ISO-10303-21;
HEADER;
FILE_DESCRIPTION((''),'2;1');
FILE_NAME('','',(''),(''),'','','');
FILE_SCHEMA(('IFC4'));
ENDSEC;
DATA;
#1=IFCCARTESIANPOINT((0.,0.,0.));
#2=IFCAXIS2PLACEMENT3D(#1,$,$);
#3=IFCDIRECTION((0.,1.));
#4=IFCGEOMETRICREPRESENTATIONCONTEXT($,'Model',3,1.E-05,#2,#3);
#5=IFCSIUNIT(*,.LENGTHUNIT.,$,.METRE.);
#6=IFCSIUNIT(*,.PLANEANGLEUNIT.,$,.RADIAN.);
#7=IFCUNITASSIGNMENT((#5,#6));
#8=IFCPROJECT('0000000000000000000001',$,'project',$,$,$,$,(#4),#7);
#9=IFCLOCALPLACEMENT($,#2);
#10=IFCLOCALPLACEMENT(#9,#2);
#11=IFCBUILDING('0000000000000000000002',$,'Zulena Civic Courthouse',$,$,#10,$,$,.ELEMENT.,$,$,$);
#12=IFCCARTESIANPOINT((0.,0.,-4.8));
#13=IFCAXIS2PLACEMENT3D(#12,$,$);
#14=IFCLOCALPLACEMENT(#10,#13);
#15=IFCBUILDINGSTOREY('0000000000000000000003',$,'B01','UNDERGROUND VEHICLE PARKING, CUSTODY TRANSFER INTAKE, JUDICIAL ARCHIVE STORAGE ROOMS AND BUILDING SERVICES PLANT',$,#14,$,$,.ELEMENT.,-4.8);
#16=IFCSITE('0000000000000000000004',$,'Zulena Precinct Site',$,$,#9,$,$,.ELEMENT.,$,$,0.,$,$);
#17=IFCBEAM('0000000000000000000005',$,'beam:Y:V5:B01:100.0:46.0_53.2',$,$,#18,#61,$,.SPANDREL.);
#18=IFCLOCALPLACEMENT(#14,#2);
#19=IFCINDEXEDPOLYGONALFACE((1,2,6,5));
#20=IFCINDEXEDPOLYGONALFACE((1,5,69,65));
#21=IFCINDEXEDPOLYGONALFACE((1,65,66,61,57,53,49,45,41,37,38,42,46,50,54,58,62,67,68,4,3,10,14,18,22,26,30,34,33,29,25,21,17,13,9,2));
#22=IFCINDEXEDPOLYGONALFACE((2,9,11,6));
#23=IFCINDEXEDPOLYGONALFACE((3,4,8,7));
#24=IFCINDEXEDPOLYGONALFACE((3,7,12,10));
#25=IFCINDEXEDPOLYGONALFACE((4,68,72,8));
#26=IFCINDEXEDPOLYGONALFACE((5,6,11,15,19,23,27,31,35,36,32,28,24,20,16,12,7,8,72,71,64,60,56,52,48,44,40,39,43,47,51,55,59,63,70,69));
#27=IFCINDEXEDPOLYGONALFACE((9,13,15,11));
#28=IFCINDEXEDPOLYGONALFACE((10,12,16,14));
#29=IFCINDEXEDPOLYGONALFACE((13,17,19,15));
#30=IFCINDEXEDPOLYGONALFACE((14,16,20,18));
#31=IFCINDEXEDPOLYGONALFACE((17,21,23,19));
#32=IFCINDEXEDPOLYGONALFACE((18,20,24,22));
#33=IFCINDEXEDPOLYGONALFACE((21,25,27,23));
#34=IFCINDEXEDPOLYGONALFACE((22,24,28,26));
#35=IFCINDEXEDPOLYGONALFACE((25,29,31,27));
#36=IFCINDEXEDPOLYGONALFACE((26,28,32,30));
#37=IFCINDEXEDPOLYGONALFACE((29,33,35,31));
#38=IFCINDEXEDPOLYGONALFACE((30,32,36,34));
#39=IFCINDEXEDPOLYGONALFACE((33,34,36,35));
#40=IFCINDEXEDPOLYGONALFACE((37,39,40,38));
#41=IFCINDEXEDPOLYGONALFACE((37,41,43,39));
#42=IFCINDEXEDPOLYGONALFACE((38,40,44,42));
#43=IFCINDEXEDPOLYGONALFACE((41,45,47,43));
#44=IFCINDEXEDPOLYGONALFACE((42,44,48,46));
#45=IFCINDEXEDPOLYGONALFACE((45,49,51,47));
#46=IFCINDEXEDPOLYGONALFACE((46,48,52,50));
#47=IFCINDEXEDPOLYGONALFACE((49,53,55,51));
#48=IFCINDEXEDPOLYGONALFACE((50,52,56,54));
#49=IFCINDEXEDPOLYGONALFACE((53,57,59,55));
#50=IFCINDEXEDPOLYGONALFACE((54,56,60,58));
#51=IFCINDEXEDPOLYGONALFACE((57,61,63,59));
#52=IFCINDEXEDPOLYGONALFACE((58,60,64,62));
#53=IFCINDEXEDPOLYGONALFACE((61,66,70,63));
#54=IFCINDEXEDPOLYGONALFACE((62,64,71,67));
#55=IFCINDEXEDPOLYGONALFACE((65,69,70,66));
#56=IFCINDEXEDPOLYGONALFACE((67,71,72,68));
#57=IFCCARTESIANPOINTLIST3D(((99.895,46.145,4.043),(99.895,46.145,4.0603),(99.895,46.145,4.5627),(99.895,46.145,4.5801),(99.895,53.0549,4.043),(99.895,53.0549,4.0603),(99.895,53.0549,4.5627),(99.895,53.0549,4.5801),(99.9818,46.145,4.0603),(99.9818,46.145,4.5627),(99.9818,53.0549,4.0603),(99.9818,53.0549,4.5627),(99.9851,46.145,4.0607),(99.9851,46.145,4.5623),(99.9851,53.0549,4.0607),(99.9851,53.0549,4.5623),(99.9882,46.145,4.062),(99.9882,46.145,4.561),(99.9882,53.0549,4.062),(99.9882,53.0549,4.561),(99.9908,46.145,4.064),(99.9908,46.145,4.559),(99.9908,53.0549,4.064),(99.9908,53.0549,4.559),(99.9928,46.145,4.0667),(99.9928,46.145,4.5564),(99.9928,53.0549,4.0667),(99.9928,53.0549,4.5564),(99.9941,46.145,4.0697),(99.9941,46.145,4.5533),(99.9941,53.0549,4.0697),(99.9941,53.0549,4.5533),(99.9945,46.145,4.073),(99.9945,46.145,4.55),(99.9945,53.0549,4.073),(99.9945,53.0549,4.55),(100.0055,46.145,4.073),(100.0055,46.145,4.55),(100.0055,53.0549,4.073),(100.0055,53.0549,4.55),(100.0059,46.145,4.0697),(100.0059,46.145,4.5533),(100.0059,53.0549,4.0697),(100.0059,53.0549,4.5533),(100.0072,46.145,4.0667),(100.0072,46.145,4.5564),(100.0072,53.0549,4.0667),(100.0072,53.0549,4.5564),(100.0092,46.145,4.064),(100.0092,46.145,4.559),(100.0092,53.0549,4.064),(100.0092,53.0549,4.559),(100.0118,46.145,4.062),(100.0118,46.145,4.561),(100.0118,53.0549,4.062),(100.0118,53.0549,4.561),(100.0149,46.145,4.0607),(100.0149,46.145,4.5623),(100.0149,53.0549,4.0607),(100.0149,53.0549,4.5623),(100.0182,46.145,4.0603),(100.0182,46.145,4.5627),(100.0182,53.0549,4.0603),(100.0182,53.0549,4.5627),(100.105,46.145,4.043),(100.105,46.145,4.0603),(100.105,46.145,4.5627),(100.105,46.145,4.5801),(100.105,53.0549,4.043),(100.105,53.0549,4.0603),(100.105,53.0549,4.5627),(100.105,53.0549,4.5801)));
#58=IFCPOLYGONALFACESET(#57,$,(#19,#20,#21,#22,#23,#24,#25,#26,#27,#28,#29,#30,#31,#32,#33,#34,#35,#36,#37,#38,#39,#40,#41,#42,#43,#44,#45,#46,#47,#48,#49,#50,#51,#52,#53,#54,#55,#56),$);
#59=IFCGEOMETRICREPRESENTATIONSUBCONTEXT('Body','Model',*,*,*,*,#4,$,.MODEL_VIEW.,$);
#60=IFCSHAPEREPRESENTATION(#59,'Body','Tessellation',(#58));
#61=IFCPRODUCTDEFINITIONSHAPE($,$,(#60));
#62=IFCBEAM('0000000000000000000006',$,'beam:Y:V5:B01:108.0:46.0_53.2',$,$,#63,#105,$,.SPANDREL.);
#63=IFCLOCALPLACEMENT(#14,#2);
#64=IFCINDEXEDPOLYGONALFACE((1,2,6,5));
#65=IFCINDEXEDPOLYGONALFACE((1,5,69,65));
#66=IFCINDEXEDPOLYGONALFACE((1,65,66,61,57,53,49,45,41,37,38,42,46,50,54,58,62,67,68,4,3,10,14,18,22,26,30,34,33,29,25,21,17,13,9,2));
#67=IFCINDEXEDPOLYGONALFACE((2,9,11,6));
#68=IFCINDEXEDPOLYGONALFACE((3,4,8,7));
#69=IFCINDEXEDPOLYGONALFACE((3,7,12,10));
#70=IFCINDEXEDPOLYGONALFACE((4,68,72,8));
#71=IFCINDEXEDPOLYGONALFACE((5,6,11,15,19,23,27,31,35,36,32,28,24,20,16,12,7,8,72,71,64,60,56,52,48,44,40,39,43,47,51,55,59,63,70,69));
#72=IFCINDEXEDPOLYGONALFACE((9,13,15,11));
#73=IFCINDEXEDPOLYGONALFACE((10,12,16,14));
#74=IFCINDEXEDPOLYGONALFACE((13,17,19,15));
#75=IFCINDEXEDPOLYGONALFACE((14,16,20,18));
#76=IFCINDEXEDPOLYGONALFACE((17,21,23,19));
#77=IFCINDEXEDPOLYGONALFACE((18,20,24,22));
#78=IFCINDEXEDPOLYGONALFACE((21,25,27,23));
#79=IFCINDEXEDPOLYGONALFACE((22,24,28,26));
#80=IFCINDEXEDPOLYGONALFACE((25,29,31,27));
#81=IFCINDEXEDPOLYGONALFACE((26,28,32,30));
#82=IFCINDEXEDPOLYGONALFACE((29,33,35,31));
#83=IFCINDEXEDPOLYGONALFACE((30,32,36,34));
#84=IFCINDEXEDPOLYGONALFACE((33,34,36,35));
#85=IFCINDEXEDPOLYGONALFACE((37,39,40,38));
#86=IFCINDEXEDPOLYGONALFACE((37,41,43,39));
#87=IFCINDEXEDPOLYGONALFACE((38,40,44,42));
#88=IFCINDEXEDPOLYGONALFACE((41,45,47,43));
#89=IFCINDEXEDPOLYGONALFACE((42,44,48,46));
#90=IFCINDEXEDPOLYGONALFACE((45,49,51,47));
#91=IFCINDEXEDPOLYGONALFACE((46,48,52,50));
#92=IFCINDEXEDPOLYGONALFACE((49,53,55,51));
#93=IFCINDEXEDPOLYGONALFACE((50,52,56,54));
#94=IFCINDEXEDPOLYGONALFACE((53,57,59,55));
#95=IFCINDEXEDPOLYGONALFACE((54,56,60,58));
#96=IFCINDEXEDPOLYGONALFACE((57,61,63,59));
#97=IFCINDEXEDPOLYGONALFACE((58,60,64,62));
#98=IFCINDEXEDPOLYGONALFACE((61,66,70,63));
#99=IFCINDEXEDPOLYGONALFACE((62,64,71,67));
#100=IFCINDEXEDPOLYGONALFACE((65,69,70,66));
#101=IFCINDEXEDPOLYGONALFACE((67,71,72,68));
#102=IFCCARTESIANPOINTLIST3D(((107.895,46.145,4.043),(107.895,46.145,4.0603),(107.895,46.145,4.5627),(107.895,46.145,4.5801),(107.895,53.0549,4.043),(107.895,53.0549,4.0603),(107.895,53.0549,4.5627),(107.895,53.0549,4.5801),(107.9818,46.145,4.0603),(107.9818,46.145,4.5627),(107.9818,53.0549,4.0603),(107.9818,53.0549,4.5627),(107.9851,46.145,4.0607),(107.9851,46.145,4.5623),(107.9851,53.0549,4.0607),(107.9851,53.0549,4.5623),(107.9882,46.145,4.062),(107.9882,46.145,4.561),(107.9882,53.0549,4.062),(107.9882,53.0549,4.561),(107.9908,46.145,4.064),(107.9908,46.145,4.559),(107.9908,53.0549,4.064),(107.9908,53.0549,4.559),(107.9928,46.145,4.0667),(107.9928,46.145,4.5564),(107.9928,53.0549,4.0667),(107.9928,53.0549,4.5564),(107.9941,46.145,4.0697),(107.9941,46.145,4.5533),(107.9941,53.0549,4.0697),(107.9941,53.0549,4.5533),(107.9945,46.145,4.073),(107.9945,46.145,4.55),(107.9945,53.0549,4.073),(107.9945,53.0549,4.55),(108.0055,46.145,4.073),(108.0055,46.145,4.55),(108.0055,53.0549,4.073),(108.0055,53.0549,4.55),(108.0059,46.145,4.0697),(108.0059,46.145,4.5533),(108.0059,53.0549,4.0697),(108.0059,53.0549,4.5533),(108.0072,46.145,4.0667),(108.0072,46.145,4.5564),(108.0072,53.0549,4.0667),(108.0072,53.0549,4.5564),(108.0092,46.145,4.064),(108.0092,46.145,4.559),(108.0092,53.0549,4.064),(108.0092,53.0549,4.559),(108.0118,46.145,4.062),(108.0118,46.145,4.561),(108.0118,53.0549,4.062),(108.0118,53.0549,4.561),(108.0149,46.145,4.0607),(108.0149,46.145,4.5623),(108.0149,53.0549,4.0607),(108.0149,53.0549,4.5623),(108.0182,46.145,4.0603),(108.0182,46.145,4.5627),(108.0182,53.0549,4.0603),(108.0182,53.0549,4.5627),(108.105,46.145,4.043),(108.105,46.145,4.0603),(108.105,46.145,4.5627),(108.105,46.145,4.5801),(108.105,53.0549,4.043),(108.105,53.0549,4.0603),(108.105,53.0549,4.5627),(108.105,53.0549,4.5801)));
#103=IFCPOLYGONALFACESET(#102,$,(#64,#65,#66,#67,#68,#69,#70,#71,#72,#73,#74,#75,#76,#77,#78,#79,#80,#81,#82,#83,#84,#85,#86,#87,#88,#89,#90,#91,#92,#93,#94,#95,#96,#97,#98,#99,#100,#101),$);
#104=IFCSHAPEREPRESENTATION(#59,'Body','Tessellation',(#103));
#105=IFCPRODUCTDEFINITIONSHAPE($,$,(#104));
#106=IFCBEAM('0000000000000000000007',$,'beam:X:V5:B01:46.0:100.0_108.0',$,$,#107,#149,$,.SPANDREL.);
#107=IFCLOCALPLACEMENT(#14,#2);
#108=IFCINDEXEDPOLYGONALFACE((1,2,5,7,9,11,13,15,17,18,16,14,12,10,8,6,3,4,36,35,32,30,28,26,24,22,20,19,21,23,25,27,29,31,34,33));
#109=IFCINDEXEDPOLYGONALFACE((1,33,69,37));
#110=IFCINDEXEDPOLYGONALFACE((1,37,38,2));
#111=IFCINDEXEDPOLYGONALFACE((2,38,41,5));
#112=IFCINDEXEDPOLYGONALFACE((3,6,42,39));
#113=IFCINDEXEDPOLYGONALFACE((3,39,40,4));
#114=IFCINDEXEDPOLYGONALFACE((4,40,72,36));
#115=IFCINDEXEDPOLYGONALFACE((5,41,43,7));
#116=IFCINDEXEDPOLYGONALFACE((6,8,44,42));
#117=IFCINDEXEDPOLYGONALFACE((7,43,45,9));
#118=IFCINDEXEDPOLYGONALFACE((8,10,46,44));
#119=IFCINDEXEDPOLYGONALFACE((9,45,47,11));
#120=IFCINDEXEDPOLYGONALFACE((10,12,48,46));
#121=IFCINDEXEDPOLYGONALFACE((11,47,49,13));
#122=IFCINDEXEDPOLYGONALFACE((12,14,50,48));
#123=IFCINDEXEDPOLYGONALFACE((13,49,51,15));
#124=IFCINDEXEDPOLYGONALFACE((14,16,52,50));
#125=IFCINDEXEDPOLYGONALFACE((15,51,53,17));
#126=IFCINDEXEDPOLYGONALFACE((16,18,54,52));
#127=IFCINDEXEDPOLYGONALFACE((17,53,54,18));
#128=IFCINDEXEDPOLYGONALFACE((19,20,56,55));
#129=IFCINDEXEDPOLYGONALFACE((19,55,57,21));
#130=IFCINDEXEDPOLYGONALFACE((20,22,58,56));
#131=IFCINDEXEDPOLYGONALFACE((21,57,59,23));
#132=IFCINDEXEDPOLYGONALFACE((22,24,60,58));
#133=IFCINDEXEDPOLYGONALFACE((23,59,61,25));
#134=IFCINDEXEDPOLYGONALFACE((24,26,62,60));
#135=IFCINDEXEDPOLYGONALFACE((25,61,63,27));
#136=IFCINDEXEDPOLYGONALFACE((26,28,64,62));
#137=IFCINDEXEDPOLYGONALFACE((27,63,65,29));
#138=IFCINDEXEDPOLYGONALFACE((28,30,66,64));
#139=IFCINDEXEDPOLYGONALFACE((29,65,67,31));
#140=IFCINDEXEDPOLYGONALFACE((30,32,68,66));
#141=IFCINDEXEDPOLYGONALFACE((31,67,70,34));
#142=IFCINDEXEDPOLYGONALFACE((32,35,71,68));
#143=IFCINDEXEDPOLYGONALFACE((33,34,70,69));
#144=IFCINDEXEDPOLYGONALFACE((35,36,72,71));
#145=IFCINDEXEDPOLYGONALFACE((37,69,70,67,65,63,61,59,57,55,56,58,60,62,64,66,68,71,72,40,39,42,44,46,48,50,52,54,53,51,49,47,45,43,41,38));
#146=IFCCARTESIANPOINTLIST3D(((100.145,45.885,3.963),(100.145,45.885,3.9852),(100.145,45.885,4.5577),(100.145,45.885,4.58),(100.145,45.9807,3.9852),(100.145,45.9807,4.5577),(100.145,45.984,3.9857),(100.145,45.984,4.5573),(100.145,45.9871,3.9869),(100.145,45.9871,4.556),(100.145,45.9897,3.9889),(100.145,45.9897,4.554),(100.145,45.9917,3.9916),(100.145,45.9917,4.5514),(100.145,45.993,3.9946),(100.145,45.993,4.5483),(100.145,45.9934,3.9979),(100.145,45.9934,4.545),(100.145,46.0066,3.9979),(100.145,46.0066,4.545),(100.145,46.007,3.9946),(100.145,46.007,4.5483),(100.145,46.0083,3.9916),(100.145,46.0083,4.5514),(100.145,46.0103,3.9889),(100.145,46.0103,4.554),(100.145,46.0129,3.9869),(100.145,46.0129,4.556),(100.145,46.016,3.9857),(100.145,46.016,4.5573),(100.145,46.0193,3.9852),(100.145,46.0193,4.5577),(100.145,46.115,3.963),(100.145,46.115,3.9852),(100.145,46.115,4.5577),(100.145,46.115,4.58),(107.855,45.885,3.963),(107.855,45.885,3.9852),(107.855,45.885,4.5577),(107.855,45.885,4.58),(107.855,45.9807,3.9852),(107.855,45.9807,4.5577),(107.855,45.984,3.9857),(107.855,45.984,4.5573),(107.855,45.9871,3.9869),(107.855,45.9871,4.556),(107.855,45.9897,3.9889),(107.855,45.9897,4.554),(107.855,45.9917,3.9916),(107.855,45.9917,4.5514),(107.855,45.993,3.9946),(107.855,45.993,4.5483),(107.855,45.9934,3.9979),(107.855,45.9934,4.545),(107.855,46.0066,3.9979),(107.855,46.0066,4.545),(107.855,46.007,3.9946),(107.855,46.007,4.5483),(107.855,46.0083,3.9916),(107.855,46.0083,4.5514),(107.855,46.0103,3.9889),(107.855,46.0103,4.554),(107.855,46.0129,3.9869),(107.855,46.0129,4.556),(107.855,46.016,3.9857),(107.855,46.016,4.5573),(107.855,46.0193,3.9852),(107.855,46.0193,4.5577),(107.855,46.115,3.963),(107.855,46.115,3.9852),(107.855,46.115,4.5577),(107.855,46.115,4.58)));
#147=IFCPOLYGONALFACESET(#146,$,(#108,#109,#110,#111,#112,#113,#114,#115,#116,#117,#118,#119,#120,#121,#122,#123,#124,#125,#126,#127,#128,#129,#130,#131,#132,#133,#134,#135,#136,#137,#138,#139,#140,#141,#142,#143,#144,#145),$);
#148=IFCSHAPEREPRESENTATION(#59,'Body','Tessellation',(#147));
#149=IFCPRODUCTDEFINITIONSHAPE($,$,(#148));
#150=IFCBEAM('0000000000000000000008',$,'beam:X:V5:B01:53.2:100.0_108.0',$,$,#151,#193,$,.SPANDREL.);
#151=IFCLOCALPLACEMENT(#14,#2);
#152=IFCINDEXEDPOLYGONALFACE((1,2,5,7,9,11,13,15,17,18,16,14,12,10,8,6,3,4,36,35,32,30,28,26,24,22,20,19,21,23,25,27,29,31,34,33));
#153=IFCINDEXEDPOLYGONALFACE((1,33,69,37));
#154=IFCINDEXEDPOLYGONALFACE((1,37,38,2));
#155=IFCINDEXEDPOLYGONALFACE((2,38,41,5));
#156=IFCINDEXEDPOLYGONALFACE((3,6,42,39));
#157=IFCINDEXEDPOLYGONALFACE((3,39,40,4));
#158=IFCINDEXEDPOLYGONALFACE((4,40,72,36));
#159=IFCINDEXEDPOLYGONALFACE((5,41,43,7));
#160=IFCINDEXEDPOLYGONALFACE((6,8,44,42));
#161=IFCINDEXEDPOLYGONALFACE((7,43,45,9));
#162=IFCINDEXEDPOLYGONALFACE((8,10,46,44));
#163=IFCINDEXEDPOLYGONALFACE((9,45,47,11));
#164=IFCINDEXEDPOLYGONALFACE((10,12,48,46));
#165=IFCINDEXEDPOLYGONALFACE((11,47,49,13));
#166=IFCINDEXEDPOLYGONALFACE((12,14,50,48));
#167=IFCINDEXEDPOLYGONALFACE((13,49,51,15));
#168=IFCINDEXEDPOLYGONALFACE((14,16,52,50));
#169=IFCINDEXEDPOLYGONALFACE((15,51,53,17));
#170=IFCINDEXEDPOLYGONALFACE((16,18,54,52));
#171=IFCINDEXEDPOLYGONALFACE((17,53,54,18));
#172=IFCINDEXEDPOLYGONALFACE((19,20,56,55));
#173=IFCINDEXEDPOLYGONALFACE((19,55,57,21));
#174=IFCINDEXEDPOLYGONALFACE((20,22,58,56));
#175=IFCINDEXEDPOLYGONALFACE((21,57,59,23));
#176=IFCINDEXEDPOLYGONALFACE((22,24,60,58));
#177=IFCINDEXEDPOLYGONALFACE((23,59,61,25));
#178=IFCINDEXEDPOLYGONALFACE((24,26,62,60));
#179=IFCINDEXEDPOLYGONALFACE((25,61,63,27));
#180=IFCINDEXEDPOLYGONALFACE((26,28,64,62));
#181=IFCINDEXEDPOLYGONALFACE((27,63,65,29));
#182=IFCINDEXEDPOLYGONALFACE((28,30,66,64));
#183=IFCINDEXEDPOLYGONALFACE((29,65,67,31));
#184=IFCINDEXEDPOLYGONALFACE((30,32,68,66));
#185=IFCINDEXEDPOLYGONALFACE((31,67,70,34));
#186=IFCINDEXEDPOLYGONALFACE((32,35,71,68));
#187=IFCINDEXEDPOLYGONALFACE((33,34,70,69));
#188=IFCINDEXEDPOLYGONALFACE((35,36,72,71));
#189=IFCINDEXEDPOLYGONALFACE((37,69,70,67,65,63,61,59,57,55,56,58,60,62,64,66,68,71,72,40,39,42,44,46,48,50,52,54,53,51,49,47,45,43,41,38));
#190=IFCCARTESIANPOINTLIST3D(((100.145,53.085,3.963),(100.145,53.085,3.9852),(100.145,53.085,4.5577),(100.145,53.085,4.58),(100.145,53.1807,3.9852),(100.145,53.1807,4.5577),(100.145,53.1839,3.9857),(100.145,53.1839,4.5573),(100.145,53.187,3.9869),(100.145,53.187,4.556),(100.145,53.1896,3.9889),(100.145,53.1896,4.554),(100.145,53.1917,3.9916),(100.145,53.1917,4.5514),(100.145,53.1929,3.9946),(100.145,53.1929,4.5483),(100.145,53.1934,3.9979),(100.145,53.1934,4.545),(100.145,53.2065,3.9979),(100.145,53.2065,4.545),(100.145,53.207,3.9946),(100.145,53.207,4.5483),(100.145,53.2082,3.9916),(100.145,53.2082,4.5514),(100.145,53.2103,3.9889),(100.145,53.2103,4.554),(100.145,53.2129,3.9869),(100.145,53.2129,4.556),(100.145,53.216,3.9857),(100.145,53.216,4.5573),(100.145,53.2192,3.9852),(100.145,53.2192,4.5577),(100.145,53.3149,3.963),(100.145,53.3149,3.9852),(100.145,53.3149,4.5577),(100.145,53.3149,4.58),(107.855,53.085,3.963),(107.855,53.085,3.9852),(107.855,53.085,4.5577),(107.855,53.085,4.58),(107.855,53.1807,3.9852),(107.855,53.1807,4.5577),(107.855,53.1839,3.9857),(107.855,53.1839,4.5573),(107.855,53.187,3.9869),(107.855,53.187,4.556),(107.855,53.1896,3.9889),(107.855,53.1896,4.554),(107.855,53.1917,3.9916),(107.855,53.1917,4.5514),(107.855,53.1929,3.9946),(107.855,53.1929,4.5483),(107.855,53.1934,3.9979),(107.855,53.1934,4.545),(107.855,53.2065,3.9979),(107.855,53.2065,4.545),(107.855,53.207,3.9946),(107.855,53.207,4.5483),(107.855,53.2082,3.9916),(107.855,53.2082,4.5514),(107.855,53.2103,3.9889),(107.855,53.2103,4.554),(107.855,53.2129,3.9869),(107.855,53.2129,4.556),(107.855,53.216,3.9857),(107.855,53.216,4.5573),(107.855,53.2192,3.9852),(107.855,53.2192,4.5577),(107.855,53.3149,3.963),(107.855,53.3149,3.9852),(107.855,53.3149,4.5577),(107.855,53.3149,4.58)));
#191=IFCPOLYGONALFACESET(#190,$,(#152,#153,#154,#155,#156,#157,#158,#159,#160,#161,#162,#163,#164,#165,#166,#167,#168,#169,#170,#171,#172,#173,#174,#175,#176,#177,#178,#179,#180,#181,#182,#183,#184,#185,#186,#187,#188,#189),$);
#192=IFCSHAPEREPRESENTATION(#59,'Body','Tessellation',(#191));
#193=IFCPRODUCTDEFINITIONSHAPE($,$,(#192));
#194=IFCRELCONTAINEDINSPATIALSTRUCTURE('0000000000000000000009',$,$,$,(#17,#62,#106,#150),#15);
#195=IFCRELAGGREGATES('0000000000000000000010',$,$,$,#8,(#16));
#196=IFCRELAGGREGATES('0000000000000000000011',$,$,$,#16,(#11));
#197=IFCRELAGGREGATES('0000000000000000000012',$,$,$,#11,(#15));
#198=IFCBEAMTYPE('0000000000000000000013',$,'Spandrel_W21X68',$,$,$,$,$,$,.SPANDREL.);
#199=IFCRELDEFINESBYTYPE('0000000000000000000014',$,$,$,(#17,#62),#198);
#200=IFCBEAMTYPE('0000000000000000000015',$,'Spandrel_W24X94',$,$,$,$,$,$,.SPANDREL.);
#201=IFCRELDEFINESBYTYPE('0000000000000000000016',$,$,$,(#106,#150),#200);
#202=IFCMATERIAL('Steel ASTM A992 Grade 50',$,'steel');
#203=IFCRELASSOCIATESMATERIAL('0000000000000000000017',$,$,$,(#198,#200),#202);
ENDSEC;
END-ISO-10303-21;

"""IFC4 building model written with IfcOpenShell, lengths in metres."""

from ifc_helpers import new_model, si_unit, direction, frame, origin, origin_2d, place, context, subcontext, project, spatial, i_section, extrude, material, material_profile, profile_set, type_object, element, save


model = new_model("IFC4")

# Units and contexts
model_context = context("Model", 3, precision=1e-05, world=origin(), true_north=direction((0.0, 1.0)))
body_context = subcontext(model_context, "Body", "Model", "MODEL_VIEW")
ifc_project = project(units=[si_unit("LENGTHUNIT", "METRE"), si_unit("PLANEANGLEUNIT", "RADIAN")], contexts=[model_context])

# Site, building, storey
site_placement = place(None, origin())
site = spatial("IfcSite", under=ifc_project, at=site_placement, Name="Zulena Precinct Site", CompositionType="ELEMENT", RefElevation=0.0)
building_placement = place(site_placement, origin())
building = spatial("IfcBuilding", under=site, at=building_placement, Name="Zulena Civic Courthouse", CompositionType="ELEMENT")
storey_placement = place(building_placement, frame((0.0, 0.0, -4.8)))
storey = spatial("IfcBuildingStorey", under=building, at=storey_placement, Name="B01", Description="UNDERGROUND VEHICLE PARKING, CUSTODY TRANSFER INTAKE, JUDICIAL ARCHIVE STORAGE ROOMS AND BUILDING SERVICES PLANT", CompositionType="ELEMENT", Elevation=-4.8)

# Shared definitions
ifc_material_1 = material(Name="Steel ASTM A992 Grade 50", Category="steel")

# Beams
ifc_material_profile_1 = material_profile(ifc_material_1, i_section(OverallWidth=0.21, OverallDepth=0.5371, WebThickness=0.011, FlangeThickness=0.0173, FilletRadius=0.0127, at=origin_2d()), Name="W21X68")
ifc_profile_set_1 = profile_set([ifc_material_profile_1], Name="Steel ASTM A992 Grade 50")
beam_type_1 = type_object("IfcBeamType", Name="Spandrel_W21X68", PredefinedType="SPANDREL", material=ifc_profile_set_1)
for number, where, z_axis, x_axis, name in (
    (1, (100.0, 46.145, 4.3115), (0.0, 1.0, 0.0), (-1.0, 0.0, 0.0), "beam:Y:V5:B01:100.0:46.0_53.2"),
    (2, (108.0, 46.145, 4.3115), (0.0, 1.0, 0.0), (-1.0, 0.0, 0.0), "beam:Y:V5:B01:108.0:46.0_53.2"),
):
    element("IfcBeam", number, at=place(storey_placement, frame(where, z_axis=z_axis, x_axis=x_axis)), inside=storey, type_object=beam_type_1, Name=name, PredefinedType="SPANDREL", context=body_context, shape_type="SweptSolid", body=[
        extrude(i_section(OverallWidth=0.21, OverallDepth=0.5371, WebThickness=0.011, FlangeThickness=0.0173, FilletRadius=0.0127, at=origin_2d()), origin(), (0.0, 0.0, 1.0), 6.9099),
    ])
ifc_material_profile_2 = material_profile(ifc_material_1, i_section(OverallWidth=0.23, OverallDepth=0.6169, WebThickness=0.0132, FlangeThickness=0.0222, FilletRadius=0.0127, at=origin_2d()), Name="W24X94")
ifc_profile_set_2 = profile_set([ifc_material_profile_2], Name="Steel ASTM A992 Grade 50")
beam_type_2 = type_object("IfcBeamType", Name="Spandrel_W24X94", PredefinedType="SPANDREL", material=ifc_profile_set_2)
for number, where, z_axis, x_axis, name in (
    (3, (100.145, 46.0, 4.2715), (1.0, 0.0, 0.0), (0.0, 1.0, 0.0), "beam:X:V5:B01:46.0:100.0_108.0"),
    (4, (100.145, 53.2, 4.2715), (1.0, 0.0, 0.0), (0.0, 1.0, 0.0), "beam:X:V5:B01:53.2:100.0_108.0"),
):
    element("IfcBeam", number, at=place(storey_placement, frame(where, z_axis=z_axis, x_axis=x_axis)), inside=storey, type_object=beam_type_2, Name=name, PredefinedType="SPANDREL", context=body_context, shape_type="SweptSolid", body=[
        extrude(i_section(OverallWidth=0.23, OverallDepth=0.6169, WebThickness=0.0132, FlangeThickness=0.0222, FilletRadius=0.0127, at=origin_2d()), origin(), (0.0, 0.0, 1.0), 7.71),
    ])

save(model, "model.ifc")
